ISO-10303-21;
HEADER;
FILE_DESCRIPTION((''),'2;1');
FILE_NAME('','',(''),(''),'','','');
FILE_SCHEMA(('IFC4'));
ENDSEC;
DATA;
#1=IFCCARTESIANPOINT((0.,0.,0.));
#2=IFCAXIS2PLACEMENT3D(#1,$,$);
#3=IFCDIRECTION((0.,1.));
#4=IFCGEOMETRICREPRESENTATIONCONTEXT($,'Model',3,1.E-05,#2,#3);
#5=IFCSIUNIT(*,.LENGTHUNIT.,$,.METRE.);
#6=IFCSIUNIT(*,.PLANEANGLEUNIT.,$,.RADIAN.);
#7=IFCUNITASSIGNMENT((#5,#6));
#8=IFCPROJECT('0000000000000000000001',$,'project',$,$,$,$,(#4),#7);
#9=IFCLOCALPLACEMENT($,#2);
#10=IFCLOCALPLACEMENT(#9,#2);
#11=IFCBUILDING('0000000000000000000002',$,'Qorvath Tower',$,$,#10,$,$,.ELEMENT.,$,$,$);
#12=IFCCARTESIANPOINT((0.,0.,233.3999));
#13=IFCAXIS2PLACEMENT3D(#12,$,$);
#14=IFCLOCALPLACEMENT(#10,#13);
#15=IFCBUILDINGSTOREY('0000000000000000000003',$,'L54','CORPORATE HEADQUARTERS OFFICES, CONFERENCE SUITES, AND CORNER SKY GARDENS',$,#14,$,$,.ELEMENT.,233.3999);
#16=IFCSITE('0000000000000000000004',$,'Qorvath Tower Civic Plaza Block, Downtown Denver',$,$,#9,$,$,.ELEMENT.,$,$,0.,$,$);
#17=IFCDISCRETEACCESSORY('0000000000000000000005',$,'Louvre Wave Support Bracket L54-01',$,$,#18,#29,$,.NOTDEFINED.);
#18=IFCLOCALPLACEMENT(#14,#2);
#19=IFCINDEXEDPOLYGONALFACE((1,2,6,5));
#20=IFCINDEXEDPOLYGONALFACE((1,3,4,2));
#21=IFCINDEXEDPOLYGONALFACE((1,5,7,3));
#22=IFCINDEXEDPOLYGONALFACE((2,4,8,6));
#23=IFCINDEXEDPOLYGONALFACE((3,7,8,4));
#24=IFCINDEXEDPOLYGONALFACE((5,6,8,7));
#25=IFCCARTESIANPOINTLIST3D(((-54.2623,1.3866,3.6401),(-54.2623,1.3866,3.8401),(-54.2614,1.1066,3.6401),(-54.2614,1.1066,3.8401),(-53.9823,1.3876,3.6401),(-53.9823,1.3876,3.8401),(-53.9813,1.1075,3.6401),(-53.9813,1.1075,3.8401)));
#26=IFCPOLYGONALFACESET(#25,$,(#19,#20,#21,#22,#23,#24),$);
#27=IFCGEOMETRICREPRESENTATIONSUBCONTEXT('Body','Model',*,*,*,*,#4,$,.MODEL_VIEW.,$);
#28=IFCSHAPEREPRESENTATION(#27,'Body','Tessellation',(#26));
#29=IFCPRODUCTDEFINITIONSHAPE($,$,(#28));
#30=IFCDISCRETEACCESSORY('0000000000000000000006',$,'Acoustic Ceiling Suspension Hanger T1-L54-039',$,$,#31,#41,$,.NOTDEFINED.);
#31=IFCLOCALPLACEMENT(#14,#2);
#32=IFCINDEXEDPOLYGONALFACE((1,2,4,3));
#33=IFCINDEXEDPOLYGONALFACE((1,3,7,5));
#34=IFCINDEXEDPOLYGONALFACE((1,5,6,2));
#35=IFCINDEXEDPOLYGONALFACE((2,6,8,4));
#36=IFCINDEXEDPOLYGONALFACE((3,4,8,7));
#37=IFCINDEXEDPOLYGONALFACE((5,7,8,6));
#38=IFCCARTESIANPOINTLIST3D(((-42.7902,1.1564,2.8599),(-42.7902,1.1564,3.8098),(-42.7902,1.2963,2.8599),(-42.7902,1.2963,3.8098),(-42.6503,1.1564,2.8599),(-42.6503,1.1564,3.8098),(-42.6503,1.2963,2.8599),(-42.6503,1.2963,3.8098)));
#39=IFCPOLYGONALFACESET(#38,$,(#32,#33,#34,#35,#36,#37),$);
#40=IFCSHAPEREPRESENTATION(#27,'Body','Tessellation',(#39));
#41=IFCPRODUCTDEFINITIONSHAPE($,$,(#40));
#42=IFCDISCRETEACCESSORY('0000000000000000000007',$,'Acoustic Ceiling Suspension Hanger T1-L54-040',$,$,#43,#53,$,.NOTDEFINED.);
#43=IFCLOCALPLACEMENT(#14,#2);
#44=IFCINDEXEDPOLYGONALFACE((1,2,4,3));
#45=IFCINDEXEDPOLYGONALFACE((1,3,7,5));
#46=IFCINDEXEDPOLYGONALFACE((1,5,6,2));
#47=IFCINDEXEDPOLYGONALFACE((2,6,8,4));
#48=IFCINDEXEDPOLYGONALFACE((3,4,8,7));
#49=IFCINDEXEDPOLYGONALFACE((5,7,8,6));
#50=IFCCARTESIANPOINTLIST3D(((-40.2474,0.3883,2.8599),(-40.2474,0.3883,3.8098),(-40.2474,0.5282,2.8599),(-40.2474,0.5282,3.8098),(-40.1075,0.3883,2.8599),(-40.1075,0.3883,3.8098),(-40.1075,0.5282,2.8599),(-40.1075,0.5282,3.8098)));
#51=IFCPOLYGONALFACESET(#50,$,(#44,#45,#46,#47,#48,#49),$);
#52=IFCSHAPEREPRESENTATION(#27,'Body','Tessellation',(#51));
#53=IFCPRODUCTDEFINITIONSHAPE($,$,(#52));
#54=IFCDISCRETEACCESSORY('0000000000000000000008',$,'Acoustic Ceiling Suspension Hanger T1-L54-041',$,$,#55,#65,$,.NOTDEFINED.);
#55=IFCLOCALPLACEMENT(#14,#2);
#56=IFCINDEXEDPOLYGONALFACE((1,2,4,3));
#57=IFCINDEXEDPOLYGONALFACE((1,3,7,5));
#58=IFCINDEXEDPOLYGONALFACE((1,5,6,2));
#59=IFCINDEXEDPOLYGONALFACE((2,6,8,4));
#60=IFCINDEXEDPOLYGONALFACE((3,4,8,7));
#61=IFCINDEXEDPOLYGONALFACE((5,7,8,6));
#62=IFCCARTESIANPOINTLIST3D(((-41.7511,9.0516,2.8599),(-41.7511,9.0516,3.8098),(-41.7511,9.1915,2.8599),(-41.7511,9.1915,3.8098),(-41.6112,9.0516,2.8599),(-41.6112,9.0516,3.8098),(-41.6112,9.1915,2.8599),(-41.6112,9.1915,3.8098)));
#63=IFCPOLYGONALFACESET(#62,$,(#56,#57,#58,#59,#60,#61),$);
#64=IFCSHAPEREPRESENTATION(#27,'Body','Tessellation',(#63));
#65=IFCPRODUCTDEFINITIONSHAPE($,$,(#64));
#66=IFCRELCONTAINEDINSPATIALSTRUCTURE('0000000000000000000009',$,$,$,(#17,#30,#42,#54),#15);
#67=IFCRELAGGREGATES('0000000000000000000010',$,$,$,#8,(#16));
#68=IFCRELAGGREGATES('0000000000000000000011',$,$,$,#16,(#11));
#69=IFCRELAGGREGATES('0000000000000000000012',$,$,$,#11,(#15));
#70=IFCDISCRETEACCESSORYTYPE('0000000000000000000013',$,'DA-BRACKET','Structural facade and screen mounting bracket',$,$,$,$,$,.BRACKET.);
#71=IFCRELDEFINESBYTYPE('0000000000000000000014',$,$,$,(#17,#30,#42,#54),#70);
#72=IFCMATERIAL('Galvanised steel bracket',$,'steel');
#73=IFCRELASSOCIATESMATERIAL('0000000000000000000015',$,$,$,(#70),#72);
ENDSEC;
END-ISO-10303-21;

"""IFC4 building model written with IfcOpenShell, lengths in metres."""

from ifc_helpers import new_model, si_unit, direction, frame, origin, origin_2d, place, context, subcontext, project, spatial, rectangle, extrude, material, type_object, element, save


model = new_model("IFC4")

# Units and contexts
model_context = context("Model", 3, precision=1e-05, world=origin(), true_north=direction((0.0, 1.0)))
body_context = subcontext(model_context, "Body", "Model", "MODEL_VIEW")
ifc_project = project(units=[si_unit("LENGTHUNIT", "METRE"), si_unit("PLANEANGLEUNIT", "RADIAN")], contexts=[model_context])

# Site, building, storey
site_placement = place(None, origin())
site = spatial("IfcSite", under=ifc_project, at=site_placement, Name="Qorvath Tower Civic Plaza Block, Downtown Denver", CompositionType="ELEMENT", RefElevation=0.0)
building_placement = place(site_placement, origin())
building = spatial("IfcBuilding", under=site, at=building_placement, Name="Qorvath Tower", CompositionType="ELEMENT")
storey_placement = place(building_placement, frame((0.0, 0.0, 233.3999)))
storey = spatial("IfcBuildingStorey", under=building, at=storey_placement, Name="L54", Description="CORPORATE HEADQUARTERS OFFICES, CONFERENCE SUITES, AND CORNER SKY GARDENS", CompositionType="ELEMENT", Elevation=233.3999)

# Discrete accessories
ifc_material_1 = material(Name="Galvanised steel bracket", Category="steel")
discrete_accessory_type = type_object("IfcDiscreteAccessoryType", Name="DA-BRACKET", Description="Structural facade and screen mounting bracket", PredefinedType="BRACKET", material=ifc_material_1)
discrete_accessory_placement = place(storey_placement, frame((-54.1218, 1.2471, 3.6401), z_axis=(0.0, 0.0, 1.0), x_axis=(0.003382, -0.999994, 0.0)))
element("IfcDiscreteAccessory", 1, at=discrete_accessory_placement, inside=storey, type_object=discrete_accessory_type, Name="Louvre Wave Support Bracket L54-01", PredefinedType="NOTDEFINED", context=body_context, shape_type="SweptSolid", body=[
    extrude(rectangle(XDim=0.28, YDim=0.28, at=origin_2d()), origin(), (0.0, 0.0, 1.0), 0.2),
])
for number, where, z_axis, x_axis, name in (
    (2, (-42.7202, 1.2263, 2.8599), (0.0, 0.0, 1.0), (1.0, 0.0, 0.0), "Acoustic Ceiling Suspension Hanger T1-L54-039"),
    (3, (-40.1775, 0.4583, 2.8599), (0.0, 0.0, 1.0), (1.0, 0.0, 0.0), "Acoustic Ceiling Suspension Hanger T1-L54-040"),
    (4, (-41.6812, 9.1216, 2.8599), (0.0, 0.0, 1.0), (1.0, 0.0, 0.0), "Acoustic Ceiling Suspension Hanger T1-L54-041"),
):
    element("IfcDiscreteAccessory", number, at=place(storey_placement, frame(where, z_axis=z_axis, x_axis=x_axis)), inside=storey, type_object=discrete_accessory_type, Name=name, PredefinedType="NOTDEFINED", context=body_context, shape_type="SweptSolid", body=[
        extrude(rectangle(XDim=0.1399, YDim=0.1399, at=origin_2d()), origin(), (0.0, 0.0, 1.0), 0.95),
    ])

save(model, "model.ifc")
